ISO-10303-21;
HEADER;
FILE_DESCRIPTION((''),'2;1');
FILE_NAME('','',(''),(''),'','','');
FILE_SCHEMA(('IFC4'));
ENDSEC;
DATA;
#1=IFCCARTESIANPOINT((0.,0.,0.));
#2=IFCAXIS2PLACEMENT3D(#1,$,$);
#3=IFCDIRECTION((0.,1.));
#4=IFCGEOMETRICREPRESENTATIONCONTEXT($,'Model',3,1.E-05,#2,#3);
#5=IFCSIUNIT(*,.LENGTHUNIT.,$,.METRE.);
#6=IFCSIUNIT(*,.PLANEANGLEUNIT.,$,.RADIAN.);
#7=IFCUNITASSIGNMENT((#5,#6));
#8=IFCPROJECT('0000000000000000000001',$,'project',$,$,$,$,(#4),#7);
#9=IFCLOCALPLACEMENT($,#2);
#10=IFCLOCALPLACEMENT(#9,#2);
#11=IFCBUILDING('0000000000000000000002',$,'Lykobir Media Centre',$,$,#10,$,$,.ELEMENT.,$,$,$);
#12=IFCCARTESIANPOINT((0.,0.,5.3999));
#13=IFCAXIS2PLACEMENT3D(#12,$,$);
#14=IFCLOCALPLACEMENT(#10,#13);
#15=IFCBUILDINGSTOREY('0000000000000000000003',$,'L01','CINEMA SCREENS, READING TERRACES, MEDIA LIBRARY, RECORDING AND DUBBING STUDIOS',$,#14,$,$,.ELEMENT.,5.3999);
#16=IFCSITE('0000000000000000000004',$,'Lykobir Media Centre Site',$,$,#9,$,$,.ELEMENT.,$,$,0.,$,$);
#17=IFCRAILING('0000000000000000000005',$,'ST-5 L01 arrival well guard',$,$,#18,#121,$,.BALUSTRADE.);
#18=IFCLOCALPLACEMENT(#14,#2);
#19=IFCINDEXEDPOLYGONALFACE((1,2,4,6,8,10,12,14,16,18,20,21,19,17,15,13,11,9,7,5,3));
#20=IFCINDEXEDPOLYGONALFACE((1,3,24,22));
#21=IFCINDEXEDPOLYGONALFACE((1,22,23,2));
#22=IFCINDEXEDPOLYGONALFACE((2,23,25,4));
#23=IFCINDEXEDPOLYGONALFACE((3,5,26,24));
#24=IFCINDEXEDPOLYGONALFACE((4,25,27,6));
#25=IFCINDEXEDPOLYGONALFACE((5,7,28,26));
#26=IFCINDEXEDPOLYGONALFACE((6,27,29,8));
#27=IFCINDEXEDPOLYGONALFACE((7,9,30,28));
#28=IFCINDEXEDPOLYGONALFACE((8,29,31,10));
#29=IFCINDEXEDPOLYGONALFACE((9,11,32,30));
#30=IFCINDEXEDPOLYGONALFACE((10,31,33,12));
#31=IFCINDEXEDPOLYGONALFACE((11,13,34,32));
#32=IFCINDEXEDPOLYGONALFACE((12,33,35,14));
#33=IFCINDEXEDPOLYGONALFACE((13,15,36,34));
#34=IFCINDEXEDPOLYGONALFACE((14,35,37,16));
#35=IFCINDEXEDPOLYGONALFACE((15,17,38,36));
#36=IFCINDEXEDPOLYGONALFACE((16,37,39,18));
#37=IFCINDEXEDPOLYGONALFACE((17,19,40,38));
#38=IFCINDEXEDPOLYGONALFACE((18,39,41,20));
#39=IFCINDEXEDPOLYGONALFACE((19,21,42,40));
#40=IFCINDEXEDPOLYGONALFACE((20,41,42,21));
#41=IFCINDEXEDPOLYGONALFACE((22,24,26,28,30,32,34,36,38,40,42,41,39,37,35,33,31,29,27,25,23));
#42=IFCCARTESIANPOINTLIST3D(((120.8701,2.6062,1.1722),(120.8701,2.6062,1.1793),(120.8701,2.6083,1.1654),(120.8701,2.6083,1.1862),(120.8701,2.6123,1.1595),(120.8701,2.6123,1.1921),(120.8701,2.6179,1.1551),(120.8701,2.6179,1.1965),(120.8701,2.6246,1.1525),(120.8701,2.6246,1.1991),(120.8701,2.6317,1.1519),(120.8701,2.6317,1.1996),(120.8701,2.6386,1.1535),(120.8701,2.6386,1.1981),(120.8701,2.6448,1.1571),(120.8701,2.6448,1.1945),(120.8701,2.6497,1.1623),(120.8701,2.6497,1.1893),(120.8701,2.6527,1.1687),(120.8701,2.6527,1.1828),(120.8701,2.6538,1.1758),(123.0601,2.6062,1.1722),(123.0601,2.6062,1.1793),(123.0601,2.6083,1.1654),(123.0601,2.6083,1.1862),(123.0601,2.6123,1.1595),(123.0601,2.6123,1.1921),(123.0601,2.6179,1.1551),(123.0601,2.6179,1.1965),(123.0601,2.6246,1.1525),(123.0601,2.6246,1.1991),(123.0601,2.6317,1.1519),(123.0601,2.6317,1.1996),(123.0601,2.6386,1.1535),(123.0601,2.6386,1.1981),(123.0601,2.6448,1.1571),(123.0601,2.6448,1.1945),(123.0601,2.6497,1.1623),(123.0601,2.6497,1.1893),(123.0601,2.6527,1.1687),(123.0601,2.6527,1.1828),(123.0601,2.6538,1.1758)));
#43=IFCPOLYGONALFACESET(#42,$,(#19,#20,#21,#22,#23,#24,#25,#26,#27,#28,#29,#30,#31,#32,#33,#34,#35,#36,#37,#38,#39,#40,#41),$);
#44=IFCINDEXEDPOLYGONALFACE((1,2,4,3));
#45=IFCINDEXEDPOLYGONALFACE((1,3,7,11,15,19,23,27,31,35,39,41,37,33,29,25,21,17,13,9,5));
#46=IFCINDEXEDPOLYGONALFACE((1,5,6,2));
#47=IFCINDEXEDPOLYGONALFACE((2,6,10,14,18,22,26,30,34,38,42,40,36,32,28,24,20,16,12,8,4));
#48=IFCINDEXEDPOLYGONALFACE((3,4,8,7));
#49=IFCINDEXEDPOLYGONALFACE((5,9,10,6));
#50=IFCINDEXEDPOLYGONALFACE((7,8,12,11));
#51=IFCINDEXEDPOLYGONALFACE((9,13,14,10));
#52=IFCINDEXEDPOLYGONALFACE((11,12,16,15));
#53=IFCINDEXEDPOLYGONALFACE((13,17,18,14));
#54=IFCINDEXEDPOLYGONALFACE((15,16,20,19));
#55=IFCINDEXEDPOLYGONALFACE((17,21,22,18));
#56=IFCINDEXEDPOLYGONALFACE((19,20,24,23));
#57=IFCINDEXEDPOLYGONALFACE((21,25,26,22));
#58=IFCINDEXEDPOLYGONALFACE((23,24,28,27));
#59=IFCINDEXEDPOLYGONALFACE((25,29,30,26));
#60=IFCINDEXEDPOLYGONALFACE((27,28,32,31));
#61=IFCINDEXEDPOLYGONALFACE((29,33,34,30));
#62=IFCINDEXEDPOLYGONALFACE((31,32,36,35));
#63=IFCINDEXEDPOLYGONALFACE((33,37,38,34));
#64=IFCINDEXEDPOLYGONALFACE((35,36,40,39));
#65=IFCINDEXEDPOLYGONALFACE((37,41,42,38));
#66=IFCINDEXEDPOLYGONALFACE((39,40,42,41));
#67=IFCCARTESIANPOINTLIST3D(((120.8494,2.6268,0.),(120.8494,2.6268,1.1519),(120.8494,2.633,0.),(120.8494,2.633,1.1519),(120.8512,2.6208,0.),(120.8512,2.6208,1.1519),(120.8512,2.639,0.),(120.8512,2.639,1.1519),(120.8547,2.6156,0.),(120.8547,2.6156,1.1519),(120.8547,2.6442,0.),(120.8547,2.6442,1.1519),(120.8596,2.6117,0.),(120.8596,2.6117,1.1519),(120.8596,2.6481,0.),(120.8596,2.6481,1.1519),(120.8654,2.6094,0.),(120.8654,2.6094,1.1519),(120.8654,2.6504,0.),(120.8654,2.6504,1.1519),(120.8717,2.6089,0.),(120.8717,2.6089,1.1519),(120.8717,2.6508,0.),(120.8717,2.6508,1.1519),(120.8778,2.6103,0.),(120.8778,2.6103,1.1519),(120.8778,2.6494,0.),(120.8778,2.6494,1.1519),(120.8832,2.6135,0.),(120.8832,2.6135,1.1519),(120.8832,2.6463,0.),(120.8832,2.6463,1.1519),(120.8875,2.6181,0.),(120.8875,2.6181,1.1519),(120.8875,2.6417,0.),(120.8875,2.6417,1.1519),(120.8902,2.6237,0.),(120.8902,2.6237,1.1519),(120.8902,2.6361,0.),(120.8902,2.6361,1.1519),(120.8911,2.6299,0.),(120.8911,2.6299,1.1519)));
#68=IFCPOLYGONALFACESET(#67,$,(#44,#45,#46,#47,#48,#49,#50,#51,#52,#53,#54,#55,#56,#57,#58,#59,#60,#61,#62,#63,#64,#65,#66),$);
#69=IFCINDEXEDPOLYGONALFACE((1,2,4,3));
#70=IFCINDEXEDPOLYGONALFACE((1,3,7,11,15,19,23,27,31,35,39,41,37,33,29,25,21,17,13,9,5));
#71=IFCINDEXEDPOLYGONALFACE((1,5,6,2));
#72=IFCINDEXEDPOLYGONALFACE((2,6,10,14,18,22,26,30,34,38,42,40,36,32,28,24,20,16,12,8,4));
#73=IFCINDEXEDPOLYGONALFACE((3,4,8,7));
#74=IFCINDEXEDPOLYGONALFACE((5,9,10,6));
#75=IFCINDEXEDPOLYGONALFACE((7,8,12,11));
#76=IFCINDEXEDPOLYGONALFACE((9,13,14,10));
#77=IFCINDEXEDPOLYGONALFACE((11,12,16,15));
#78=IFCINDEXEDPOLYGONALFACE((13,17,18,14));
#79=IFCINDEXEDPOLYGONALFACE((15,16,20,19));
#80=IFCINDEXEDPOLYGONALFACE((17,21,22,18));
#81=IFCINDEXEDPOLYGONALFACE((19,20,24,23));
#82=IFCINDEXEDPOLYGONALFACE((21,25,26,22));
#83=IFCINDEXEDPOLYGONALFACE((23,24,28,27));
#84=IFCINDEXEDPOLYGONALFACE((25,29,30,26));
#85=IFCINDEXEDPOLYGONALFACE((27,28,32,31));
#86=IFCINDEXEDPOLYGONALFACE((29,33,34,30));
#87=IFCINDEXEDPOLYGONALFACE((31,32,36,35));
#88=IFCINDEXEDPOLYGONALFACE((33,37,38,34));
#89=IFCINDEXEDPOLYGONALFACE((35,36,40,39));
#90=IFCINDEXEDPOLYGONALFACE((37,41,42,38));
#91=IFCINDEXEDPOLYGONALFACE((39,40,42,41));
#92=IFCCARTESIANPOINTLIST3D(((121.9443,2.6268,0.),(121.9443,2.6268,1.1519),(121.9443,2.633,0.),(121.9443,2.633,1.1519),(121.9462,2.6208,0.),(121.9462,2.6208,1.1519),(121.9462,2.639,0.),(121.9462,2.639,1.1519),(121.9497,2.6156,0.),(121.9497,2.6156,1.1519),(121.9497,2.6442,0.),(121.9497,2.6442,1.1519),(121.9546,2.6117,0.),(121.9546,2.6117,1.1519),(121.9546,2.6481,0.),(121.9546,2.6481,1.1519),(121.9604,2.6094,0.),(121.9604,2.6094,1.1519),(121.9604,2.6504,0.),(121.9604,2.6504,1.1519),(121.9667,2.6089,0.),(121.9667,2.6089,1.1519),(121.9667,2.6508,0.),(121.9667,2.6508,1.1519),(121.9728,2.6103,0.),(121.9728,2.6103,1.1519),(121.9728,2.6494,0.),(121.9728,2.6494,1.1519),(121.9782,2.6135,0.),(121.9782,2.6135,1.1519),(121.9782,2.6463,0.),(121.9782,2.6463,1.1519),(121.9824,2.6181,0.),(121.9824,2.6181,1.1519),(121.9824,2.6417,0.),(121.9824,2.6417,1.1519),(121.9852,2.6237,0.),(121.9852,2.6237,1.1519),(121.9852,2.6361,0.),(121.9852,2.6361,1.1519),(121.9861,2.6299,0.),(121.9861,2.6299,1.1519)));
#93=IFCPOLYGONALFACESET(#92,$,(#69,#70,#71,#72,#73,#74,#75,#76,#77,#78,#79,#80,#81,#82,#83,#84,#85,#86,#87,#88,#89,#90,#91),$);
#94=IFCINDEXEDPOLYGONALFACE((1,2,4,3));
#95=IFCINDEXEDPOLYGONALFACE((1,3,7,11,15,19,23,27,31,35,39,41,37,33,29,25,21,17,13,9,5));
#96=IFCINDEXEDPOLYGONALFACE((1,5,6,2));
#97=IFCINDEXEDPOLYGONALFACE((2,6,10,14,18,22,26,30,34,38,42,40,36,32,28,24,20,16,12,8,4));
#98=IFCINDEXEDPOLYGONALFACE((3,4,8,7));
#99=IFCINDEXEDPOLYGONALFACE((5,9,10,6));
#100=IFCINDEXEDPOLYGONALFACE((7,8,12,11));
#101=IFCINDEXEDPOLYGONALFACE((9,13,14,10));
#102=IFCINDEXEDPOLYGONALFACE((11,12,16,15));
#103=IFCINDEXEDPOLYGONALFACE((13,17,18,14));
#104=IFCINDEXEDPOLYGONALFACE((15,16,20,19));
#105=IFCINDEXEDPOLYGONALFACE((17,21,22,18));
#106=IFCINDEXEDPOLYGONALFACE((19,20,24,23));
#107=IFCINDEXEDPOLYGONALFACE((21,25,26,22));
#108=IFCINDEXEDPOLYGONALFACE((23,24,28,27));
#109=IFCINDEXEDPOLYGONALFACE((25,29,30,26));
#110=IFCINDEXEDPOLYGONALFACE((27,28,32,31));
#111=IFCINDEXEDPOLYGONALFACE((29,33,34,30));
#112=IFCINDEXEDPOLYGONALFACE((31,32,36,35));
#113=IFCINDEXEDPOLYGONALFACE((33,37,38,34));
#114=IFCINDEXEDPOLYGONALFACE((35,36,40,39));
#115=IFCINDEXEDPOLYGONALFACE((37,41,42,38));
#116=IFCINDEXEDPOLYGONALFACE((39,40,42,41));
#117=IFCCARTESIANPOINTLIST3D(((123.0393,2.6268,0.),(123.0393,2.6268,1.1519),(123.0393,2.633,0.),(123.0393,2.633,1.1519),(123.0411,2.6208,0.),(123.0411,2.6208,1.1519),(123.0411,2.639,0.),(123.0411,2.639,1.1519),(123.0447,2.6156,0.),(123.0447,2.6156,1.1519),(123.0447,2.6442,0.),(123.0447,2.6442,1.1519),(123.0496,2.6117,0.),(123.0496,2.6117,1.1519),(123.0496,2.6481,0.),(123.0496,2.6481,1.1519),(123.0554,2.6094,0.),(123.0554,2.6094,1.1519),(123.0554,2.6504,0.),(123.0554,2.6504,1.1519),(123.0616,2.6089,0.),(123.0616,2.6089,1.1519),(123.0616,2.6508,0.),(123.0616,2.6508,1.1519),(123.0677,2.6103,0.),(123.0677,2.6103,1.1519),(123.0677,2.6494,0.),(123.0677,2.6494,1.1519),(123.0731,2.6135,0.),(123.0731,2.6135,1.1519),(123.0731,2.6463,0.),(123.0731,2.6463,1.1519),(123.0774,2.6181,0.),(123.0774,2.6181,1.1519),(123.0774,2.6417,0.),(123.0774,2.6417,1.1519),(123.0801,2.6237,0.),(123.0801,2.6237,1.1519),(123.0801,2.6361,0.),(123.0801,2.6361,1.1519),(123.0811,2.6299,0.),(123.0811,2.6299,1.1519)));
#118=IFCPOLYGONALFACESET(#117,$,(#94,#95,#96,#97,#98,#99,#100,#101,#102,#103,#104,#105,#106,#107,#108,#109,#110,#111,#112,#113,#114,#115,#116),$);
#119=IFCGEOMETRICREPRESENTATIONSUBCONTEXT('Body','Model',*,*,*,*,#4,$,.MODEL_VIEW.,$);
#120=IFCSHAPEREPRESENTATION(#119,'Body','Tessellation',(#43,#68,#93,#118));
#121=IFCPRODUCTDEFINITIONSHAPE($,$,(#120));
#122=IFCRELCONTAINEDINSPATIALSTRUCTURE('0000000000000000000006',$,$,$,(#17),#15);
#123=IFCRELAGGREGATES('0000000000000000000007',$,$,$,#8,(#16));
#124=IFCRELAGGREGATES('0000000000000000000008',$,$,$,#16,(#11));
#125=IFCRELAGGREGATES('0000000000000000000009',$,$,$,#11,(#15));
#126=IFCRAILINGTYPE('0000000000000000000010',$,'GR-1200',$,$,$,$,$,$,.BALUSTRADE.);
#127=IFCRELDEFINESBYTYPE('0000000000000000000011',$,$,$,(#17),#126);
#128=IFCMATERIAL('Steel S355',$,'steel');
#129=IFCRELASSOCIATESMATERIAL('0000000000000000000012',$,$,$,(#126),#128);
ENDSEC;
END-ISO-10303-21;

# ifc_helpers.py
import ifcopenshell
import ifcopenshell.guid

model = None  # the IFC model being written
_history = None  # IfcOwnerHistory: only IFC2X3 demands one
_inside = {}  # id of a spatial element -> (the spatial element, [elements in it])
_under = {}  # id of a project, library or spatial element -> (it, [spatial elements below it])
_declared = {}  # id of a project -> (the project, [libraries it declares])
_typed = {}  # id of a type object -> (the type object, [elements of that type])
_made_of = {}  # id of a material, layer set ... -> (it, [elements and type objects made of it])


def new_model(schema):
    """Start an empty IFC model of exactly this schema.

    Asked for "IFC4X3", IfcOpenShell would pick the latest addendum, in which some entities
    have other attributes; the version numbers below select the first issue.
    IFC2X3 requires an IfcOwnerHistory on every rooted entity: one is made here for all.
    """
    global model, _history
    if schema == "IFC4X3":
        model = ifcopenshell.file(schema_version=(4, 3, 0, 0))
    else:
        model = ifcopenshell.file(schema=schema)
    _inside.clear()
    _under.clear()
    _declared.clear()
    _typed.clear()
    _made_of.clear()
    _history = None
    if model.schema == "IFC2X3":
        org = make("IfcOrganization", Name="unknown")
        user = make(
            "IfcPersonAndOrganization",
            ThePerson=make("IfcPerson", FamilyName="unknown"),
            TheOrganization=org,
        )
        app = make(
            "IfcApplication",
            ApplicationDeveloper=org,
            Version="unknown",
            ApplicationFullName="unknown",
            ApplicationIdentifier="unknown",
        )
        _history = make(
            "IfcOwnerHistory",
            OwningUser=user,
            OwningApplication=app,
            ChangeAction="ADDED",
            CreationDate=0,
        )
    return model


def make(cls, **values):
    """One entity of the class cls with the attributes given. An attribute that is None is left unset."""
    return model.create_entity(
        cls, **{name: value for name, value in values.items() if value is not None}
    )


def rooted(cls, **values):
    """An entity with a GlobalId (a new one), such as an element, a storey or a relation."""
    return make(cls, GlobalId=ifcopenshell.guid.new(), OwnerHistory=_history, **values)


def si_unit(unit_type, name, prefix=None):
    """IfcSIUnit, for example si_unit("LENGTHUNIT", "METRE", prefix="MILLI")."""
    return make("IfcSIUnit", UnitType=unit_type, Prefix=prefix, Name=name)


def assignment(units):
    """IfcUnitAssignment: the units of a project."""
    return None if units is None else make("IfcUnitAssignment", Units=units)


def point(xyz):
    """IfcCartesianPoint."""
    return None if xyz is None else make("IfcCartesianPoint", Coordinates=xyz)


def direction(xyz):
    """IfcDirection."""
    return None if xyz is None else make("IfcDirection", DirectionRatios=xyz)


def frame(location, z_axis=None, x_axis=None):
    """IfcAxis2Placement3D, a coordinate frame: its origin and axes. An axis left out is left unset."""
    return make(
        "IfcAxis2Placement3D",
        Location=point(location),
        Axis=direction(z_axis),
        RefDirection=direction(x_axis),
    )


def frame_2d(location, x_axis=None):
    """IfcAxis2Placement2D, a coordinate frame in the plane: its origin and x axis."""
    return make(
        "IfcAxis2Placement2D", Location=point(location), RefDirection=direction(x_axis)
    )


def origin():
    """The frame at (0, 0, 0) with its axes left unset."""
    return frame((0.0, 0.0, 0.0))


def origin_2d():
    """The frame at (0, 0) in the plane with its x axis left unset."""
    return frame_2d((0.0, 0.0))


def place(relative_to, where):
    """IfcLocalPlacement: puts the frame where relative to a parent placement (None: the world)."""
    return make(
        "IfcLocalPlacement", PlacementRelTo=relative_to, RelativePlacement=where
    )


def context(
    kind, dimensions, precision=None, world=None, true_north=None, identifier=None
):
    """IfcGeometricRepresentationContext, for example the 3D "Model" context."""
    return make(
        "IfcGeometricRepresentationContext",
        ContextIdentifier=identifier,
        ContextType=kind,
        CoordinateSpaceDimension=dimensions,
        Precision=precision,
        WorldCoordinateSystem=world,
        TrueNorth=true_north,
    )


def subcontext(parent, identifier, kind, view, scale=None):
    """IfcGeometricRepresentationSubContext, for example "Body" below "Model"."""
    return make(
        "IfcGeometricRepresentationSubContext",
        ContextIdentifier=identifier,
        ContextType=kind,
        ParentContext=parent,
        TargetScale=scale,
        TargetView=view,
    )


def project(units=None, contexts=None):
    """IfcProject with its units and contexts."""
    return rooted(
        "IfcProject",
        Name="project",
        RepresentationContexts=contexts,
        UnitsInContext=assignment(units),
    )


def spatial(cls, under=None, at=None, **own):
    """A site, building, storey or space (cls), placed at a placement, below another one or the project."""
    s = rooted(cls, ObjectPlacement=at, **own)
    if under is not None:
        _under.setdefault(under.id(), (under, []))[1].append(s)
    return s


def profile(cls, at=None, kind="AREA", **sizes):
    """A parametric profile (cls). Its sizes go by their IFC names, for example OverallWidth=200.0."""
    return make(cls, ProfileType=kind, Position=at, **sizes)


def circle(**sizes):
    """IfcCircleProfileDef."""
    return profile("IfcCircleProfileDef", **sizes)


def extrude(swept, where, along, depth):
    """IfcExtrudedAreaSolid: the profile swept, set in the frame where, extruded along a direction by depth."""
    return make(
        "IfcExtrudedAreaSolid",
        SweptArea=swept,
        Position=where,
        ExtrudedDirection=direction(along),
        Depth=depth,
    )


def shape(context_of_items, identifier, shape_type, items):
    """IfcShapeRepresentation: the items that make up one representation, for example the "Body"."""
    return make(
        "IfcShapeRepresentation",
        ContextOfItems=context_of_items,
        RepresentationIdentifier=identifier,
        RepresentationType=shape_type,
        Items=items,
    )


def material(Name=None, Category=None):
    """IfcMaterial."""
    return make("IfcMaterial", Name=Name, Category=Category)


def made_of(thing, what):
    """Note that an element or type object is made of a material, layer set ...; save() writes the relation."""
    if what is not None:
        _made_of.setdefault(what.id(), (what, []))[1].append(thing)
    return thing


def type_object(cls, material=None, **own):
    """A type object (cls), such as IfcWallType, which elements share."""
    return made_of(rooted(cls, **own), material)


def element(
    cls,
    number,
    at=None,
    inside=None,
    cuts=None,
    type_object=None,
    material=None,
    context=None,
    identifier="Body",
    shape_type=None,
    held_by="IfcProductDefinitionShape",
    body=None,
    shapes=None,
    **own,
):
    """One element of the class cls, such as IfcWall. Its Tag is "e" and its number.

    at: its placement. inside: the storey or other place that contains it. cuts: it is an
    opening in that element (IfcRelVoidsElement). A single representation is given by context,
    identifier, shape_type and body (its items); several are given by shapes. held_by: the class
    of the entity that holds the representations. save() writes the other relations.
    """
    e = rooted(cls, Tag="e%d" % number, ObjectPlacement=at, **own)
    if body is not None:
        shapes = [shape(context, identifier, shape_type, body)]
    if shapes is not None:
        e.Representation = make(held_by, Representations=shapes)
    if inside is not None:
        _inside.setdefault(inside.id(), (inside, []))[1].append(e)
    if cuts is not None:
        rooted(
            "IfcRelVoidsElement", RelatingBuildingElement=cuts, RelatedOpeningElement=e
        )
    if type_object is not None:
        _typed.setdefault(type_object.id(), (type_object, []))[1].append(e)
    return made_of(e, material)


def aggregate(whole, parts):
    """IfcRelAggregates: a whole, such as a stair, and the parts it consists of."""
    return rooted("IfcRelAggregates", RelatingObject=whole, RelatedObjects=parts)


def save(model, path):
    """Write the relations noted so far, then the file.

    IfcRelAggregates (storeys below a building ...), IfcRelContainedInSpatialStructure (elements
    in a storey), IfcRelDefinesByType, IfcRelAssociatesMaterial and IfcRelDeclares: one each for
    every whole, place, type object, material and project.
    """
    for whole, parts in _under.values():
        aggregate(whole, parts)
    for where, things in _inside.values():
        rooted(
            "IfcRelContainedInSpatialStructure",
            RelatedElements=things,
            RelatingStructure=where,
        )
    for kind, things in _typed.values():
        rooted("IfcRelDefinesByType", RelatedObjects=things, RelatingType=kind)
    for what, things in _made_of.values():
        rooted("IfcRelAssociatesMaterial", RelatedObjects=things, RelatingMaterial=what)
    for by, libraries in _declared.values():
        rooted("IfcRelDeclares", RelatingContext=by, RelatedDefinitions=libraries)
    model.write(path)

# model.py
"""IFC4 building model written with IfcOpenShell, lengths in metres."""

from ifc_helpers import new_model, si_unit, direction, frame, origin, origin_2d, place, context, subcontext, project, spatial, circle, extrude, material, type_object, element, save


model = new_model("IFC4")

# Units and contexts
model_context = context("Model", 3, precision=1e-05, world=origin(), true_north=direction((0.0, 1.0)))
body_context = subcontext(model_context, "Body", "Model", "MODEL_VIEW")
ifc_project = project(units=[si_unit("LENGTHUNIT", "METRE"), si_unit("PLANEANGLEUNIT", "RADIAN")], contexts=[model_context])

# Site, building, storey
site_placement = place(None, origin())
site = spatial("IfcSite", under=ifc_project, at=site_placement, Name="Lykobir Media Centre Site", CompositionType="ELEMENT", RefElevation=0.0)
building_placement = place(site_placement, origin())
building = spatial("IfcBuilding", under=site, at=building_placement, Name="Lykobir Media Centre", CompositionType="ELEMENT")
storey_placement = place(building_placement, frame((0.0, 0.0, 5.3999)))
storey = spatial("IfcBuildingStorey", under=building, at=storey_placement, Name="L01", Description="CINEMA SCREENS, READING TERRACES, MEDIA LIBRARY, RECORDING AND DUBBING STUDIOS", CompositionType="ELEMENT", Elevation=5.3999)

# Shared definitions
ifc_material_1 = material(Name="Steel S355", Category="steel")

# Railing
railing_type_1 = type_object("IfcRailingType", Name="GR-1200", PredefinedType="BALUSTRADE", material=ifc_material_1)
railing_1_placement = place(storey_placement, frame((120.8701, 2.6299, 0.0)))
element("IfcRailing", 1, at=railing_1_placement, inside=storey, type_object=railing_type_1, Name="ST-5 L01 arrival well guard", PredefinedType="BALUSTRADE", context=body_context, shape_type="SweptSolid", body=[
    extrude(circle(Radius=0.0239, at=origin_2d()), frame((0.0, 0.0, 1.1758), z_axis=(1.0, 0.0, 0.0), x_axis=(0.0, 1.0, 0.0)), (0.0, 0.0, 1.0), 2.1899),
    extrude(circle(Radius=0.021, at=origin_2d()), origin(), (0.0, 0.0, 1.0), 1.1519),
    extrude(circle(Radius=0.021, at=origin_2d()), frame((1.095, 0.0, 0.0)), (0.0, 0.0, 1.0), 1.1519),
    extrude(circle(Radius=0.021, at=origin_2d()), frame((2.1899, 0.0, 0.0)), (0.0, 0.0, 1.0), 1.1519),
])

save(model, "model.ifc")
